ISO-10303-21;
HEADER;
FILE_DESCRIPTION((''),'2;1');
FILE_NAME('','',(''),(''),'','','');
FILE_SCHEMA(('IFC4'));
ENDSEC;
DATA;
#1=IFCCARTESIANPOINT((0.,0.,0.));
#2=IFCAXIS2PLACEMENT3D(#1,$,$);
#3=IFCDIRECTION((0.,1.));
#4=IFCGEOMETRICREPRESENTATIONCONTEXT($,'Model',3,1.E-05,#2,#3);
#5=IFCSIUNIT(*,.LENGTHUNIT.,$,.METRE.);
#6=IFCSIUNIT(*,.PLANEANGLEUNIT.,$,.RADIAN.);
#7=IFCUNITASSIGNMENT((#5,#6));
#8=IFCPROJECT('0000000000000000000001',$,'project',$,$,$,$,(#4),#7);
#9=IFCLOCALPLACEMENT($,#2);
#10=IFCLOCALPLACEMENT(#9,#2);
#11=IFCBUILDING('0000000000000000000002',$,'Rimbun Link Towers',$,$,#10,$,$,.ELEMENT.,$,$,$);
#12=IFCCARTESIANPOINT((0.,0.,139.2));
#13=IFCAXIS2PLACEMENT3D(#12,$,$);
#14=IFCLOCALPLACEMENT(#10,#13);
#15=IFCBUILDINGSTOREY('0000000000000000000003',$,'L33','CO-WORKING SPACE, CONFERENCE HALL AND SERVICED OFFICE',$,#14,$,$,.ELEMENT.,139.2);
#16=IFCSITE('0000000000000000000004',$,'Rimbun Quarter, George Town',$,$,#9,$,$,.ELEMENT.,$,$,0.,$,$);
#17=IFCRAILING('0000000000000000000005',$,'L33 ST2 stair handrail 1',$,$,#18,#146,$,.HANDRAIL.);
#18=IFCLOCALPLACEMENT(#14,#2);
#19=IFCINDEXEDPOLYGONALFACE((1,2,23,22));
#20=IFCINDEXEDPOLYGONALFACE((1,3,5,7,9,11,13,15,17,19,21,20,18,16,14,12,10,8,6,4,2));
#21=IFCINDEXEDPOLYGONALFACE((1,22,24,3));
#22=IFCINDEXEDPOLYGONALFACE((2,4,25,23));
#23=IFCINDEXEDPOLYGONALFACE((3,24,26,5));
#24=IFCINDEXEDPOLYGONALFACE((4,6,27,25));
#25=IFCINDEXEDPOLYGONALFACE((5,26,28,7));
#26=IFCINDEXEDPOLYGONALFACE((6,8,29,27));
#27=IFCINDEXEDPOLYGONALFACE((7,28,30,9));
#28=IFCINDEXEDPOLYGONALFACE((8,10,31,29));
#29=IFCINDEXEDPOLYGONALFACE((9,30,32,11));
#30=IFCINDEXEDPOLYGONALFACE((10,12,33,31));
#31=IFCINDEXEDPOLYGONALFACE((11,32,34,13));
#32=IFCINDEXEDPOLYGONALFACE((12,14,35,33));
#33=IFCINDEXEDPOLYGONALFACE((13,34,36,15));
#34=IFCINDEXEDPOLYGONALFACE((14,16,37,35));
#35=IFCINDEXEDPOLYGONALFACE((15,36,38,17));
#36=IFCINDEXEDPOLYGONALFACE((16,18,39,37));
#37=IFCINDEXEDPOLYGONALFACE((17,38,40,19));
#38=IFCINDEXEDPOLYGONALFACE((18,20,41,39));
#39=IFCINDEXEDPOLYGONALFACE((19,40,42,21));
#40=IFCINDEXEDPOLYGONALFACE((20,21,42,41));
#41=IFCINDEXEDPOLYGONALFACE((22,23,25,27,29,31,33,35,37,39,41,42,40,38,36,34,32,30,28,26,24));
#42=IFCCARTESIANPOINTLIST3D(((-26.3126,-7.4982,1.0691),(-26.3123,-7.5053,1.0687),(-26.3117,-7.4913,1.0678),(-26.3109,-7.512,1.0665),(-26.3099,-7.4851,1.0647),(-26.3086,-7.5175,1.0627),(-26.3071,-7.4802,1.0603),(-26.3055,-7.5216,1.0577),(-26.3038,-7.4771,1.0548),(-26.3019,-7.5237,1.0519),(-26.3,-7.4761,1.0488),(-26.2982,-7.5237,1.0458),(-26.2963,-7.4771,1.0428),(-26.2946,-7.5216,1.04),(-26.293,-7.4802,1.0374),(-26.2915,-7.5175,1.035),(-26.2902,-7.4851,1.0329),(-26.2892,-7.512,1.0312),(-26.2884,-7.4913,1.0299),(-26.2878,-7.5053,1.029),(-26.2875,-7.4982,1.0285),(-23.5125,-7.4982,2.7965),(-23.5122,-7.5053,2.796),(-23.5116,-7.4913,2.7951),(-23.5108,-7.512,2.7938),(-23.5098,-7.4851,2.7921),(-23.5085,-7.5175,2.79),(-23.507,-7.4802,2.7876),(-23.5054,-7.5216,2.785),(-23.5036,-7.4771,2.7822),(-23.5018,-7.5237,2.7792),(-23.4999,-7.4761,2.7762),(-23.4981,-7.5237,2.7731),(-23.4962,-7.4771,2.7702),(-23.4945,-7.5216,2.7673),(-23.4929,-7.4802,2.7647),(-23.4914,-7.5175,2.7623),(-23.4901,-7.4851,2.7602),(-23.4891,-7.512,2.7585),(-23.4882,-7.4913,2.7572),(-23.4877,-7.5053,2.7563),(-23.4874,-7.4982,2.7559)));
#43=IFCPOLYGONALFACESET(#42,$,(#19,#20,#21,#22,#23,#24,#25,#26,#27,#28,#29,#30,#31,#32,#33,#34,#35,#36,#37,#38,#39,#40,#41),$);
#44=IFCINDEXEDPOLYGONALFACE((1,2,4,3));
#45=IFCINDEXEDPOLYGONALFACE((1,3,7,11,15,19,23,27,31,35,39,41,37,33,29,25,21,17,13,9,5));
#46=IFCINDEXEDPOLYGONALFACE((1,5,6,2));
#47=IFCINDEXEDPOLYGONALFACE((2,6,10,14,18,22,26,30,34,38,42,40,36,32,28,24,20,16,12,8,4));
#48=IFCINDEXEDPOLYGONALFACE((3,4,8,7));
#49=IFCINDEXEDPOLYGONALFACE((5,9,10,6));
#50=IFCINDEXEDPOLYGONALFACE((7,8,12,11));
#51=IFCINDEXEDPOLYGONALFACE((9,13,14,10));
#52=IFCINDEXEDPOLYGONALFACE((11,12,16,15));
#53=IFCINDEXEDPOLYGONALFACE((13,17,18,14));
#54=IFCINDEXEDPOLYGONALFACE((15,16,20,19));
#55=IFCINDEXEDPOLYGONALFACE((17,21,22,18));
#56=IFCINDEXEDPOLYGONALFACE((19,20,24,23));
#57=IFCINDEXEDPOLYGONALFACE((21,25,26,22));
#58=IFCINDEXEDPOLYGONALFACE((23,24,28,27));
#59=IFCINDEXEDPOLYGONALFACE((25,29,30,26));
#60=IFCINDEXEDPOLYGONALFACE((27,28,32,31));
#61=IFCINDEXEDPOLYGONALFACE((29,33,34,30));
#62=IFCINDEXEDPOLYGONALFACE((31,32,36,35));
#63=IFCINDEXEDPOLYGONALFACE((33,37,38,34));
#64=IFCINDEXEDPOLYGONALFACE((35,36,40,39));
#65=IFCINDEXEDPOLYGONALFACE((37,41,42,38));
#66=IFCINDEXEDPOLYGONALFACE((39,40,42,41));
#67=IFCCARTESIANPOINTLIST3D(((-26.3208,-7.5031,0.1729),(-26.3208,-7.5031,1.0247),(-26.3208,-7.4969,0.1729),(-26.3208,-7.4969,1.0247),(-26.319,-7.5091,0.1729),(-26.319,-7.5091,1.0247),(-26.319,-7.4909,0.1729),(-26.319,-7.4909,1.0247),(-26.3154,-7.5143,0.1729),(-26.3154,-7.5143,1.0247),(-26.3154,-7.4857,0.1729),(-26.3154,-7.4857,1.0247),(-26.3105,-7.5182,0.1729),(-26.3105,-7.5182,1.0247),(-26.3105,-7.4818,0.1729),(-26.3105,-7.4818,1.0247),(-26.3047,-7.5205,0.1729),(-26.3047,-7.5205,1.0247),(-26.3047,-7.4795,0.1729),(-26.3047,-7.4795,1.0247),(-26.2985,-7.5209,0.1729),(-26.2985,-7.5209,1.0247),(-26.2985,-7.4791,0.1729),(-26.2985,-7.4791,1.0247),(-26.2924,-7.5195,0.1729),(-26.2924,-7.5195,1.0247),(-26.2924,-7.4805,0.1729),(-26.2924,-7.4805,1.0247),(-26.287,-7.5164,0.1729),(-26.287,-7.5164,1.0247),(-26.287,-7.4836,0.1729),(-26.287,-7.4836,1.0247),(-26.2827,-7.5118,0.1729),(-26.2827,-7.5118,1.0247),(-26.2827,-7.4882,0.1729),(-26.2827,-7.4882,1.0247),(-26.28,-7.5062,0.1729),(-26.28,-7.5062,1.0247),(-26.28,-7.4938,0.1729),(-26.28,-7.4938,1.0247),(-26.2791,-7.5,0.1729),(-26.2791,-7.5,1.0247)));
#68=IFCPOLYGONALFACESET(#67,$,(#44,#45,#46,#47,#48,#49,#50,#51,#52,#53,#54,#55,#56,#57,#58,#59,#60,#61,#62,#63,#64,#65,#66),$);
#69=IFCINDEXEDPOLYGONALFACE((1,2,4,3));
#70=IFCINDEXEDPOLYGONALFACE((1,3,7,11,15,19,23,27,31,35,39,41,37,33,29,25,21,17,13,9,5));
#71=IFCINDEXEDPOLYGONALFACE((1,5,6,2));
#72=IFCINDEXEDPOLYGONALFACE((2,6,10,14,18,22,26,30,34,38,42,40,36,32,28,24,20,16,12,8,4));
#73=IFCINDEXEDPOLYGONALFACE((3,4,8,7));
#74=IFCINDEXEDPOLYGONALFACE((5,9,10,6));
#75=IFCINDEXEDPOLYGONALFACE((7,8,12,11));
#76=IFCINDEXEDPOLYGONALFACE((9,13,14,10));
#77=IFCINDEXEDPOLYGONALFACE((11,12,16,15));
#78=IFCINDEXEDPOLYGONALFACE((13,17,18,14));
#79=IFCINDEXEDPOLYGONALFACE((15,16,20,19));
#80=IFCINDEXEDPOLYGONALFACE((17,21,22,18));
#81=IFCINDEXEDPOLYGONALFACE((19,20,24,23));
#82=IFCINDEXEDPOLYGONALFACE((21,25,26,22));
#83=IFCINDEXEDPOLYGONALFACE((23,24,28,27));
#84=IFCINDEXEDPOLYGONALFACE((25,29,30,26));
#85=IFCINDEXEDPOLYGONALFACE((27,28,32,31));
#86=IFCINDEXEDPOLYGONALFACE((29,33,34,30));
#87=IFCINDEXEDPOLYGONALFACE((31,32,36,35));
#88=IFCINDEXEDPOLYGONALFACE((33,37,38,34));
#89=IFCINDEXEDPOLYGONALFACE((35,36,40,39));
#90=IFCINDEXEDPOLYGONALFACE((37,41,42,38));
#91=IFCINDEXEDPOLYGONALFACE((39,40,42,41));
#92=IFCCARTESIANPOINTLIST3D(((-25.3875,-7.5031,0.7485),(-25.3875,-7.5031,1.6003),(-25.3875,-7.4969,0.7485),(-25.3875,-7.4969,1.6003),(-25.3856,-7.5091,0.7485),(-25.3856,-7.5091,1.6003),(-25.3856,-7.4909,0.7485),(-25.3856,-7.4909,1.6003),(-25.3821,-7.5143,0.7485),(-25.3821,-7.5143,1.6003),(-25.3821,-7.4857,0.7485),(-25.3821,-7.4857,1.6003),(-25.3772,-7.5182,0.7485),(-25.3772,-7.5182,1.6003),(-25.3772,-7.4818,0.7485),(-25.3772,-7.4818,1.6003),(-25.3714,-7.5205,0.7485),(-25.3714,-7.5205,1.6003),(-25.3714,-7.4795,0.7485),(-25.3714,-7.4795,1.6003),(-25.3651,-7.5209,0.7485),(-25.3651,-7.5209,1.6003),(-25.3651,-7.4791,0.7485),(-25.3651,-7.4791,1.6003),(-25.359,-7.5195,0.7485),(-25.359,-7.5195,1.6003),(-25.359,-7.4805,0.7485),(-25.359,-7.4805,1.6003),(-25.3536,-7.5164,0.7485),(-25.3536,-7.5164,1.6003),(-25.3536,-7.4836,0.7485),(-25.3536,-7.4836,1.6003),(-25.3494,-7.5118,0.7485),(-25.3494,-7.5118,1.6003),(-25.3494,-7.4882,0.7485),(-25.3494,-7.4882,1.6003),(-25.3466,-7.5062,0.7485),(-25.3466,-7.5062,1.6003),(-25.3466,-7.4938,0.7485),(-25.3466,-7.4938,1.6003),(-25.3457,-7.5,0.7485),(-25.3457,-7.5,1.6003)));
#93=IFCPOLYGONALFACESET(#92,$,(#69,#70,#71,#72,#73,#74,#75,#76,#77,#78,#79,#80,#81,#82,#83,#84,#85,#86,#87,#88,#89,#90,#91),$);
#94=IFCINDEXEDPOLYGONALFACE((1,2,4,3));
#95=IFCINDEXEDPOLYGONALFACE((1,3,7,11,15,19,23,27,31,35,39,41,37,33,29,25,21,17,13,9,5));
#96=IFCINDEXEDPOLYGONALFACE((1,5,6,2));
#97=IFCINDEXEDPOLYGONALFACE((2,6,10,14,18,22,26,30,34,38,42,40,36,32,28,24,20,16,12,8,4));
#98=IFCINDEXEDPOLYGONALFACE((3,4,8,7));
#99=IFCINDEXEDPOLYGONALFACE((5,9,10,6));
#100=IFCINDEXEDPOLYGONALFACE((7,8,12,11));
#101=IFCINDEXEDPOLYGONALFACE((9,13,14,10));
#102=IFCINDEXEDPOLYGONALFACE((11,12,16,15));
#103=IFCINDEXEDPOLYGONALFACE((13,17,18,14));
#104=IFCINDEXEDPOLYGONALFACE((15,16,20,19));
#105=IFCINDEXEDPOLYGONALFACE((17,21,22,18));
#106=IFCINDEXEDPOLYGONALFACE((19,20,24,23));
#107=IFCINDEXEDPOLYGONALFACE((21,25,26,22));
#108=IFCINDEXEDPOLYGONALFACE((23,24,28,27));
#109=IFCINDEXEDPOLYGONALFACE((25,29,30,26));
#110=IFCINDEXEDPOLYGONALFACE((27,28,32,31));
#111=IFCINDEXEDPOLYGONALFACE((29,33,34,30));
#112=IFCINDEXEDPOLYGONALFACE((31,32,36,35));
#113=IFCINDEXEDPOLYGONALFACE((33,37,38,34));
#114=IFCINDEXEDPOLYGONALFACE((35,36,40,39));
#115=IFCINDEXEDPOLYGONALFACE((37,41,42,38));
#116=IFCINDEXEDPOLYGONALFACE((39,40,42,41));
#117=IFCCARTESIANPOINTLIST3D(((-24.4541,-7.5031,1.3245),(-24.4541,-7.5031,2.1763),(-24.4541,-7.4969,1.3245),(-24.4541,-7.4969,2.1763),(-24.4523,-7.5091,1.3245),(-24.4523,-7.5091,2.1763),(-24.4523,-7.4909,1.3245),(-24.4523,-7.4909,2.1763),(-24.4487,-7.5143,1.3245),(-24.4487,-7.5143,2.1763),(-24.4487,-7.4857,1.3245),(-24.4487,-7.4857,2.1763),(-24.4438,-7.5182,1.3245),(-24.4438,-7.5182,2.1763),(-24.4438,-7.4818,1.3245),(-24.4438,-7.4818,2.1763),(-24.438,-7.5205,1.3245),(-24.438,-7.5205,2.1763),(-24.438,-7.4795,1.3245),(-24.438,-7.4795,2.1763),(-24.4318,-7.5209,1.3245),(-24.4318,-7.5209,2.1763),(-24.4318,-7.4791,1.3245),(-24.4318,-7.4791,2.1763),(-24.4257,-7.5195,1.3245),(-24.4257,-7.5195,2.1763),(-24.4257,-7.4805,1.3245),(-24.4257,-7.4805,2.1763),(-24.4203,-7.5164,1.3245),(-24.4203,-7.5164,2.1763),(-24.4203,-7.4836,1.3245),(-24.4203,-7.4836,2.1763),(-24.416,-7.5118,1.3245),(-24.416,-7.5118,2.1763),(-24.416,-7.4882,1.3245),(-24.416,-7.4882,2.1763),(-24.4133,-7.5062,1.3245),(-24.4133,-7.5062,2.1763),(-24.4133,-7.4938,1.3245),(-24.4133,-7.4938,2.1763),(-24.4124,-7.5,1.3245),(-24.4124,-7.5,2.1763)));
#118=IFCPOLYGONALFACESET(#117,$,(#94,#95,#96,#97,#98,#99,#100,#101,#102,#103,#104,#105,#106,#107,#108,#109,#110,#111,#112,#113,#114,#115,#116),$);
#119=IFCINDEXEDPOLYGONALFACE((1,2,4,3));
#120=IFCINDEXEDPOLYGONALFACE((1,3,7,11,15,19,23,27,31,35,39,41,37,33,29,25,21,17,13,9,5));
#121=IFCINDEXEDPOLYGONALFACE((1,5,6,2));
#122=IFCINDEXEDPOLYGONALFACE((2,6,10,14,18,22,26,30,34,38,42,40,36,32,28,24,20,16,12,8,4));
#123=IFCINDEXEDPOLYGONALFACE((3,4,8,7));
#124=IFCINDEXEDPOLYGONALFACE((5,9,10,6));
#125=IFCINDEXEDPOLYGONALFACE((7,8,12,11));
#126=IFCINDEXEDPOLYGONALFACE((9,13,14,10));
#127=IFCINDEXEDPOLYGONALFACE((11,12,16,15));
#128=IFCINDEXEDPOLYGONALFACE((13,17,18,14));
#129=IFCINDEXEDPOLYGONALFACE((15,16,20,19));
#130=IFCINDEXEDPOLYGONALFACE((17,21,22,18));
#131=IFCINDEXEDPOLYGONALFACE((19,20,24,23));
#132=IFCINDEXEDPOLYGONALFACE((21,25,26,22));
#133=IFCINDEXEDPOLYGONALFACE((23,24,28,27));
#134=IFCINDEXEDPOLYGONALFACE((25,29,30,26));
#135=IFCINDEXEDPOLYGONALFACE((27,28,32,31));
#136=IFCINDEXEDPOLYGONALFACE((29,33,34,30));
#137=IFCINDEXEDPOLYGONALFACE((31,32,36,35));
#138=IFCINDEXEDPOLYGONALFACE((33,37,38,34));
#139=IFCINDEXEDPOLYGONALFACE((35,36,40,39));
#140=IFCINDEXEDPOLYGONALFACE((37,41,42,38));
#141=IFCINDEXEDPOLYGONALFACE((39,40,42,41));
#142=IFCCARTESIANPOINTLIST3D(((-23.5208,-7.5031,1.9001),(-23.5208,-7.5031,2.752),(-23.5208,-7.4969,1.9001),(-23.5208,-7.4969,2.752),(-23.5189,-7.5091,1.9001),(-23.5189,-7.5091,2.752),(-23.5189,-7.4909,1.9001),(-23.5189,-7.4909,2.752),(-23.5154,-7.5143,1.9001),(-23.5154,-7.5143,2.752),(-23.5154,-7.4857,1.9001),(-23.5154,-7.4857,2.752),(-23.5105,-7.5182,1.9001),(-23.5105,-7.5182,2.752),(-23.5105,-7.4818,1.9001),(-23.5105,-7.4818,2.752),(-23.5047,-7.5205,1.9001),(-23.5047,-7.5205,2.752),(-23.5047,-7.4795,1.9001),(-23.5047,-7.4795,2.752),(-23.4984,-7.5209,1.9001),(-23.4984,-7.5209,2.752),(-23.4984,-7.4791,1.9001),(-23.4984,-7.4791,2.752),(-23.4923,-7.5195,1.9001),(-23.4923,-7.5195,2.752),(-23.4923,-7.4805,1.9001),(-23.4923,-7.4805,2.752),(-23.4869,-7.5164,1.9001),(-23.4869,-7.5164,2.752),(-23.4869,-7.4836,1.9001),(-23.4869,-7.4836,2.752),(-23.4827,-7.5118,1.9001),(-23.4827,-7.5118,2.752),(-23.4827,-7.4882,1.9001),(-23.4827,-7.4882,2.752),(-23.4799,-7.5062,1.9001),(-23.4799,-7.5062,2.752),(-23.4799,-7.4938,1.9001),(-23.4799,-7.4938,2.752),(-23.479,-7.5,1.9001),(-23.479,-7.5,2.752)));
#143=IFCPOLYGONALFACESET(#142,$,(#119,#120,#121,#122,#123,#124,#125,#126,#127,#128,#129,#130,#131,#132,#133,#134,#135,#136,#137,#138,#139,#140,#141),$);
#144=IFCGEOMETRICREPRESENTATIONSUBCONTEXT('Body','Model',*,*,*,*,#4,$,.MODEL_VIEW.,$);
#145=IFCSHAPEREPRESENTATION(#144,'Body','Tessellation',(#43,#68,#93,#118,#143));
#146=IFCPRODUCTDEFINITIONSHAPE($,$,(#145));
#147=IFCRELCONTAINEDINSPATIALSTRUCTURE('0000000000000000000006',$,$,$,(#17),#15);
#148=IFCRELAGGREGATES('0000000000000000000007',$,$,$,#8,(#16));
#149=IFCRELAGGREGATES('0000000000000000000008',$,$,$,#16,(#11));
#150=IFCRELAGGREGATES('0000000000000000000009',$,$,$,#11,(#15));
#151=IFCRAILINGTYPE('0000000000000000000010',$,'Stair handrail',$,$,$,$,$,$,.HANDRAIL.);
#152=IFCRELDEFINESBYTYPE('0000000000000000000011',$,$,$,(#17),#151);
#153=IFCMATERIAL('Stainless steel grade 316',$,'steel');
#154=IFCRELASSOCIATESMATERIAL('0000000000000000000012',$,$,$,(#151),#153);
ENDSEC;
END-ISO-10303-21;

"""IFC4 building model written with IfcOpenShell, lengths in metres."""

from ifc_helpers import new_model, si_unit, direction, frame, origin, origin_2d, place, context, subcontext, project, spatial, circle, extrude, material, type_object, element, save


model = new_model("IFC4")

# Units and contexts
model_context = context("Model", 3, precision=1e-05, world=origin(), true_north=direction((0.0, 1.0)))
body_context = subcontext(model_context, "Body", "Model", "MODEL_VIEW")
ifc_project = project(units=[si_unit("LENGTHUNIT", "METRE"), si_unit("PLANEANGLEUNIT", "RADIAN")], contexts=[model_context])

# Site, building, storey
site_placement = place(None, origin())
site = spatial("IfcSite", under=ifc_project, at=site_placement, Name="Rimbun Quarter, George Town", CompositionType="ELEMENT", RefElevation=0.0)
building_placement = place(site_placement, origin())
building = spatial("IfcBuilding", under=site, at=building_placement, Name="Rimbun Link Towers", CompositionType="ELEMENT")
storey_placement = place(building_placement, frame((0.0, 0.0, 139.2)))
storey = spatial("IfcBuildingStorey", under=building, at=storey_placement, Name="L33", Description="CO-WORKING SPACE, CONFERENCE HALL AND SERVICED OFFICE", CompositionType="ELEMENT", Elevation=139.2)

# Railing
ifc_material_1 = material(Name="Stainless steel grade 316", Category="steel")
railing_type_1 = type_object("IfcRailingType", Name="Stair handrail", PredefinedType="HANDRAIL", material=ifc_material_1)
railing_1_placement = place(storey_placement, frame((-26.3, -7.5, 0.1729)))
element("IfcRailing", 1, at=railing_1_placement, inside=storey, type_object=railing_type_1, Name="L33 ST2 stair handrail 1", PredefinedType="HANDRAIL", context=body_context, shape_type="SweptSolid", body=[
    extrude(circle(Radius=0.0239, at=origin_2d()), frame((0.0, 0.0, 0.876), z_axis=(0.85109, 0.0, 0.52502), x_axis=(0.0, 1.0, 0.0)), (0.0, 0.0, 1.0), 3.29),
    extrude(circle(Radius=0.021, at=origin_2d()), origin(), (0.0, 0.0, 1.0), 0.8518),
    extrude(circle(Radius=0.021, at=origin_2d()), frame((0.9333, 0.0, 0.5757)), (0.0, 0.0, 1.0), 0.8518),
    extrude(circle(Radius=0.021, at=origin_2d()), frame((1.8667, 0.0, 1.1516)), (0.0, 0.0, 1.0), 0.8518),
    extrude(circle(Radius=0.021, at=origin_2d()), frame((2.8, 0.0, 1.7273)), (0.0, 0.0, 1.0), 0.8518),
])

save(model, "model.ifc")
